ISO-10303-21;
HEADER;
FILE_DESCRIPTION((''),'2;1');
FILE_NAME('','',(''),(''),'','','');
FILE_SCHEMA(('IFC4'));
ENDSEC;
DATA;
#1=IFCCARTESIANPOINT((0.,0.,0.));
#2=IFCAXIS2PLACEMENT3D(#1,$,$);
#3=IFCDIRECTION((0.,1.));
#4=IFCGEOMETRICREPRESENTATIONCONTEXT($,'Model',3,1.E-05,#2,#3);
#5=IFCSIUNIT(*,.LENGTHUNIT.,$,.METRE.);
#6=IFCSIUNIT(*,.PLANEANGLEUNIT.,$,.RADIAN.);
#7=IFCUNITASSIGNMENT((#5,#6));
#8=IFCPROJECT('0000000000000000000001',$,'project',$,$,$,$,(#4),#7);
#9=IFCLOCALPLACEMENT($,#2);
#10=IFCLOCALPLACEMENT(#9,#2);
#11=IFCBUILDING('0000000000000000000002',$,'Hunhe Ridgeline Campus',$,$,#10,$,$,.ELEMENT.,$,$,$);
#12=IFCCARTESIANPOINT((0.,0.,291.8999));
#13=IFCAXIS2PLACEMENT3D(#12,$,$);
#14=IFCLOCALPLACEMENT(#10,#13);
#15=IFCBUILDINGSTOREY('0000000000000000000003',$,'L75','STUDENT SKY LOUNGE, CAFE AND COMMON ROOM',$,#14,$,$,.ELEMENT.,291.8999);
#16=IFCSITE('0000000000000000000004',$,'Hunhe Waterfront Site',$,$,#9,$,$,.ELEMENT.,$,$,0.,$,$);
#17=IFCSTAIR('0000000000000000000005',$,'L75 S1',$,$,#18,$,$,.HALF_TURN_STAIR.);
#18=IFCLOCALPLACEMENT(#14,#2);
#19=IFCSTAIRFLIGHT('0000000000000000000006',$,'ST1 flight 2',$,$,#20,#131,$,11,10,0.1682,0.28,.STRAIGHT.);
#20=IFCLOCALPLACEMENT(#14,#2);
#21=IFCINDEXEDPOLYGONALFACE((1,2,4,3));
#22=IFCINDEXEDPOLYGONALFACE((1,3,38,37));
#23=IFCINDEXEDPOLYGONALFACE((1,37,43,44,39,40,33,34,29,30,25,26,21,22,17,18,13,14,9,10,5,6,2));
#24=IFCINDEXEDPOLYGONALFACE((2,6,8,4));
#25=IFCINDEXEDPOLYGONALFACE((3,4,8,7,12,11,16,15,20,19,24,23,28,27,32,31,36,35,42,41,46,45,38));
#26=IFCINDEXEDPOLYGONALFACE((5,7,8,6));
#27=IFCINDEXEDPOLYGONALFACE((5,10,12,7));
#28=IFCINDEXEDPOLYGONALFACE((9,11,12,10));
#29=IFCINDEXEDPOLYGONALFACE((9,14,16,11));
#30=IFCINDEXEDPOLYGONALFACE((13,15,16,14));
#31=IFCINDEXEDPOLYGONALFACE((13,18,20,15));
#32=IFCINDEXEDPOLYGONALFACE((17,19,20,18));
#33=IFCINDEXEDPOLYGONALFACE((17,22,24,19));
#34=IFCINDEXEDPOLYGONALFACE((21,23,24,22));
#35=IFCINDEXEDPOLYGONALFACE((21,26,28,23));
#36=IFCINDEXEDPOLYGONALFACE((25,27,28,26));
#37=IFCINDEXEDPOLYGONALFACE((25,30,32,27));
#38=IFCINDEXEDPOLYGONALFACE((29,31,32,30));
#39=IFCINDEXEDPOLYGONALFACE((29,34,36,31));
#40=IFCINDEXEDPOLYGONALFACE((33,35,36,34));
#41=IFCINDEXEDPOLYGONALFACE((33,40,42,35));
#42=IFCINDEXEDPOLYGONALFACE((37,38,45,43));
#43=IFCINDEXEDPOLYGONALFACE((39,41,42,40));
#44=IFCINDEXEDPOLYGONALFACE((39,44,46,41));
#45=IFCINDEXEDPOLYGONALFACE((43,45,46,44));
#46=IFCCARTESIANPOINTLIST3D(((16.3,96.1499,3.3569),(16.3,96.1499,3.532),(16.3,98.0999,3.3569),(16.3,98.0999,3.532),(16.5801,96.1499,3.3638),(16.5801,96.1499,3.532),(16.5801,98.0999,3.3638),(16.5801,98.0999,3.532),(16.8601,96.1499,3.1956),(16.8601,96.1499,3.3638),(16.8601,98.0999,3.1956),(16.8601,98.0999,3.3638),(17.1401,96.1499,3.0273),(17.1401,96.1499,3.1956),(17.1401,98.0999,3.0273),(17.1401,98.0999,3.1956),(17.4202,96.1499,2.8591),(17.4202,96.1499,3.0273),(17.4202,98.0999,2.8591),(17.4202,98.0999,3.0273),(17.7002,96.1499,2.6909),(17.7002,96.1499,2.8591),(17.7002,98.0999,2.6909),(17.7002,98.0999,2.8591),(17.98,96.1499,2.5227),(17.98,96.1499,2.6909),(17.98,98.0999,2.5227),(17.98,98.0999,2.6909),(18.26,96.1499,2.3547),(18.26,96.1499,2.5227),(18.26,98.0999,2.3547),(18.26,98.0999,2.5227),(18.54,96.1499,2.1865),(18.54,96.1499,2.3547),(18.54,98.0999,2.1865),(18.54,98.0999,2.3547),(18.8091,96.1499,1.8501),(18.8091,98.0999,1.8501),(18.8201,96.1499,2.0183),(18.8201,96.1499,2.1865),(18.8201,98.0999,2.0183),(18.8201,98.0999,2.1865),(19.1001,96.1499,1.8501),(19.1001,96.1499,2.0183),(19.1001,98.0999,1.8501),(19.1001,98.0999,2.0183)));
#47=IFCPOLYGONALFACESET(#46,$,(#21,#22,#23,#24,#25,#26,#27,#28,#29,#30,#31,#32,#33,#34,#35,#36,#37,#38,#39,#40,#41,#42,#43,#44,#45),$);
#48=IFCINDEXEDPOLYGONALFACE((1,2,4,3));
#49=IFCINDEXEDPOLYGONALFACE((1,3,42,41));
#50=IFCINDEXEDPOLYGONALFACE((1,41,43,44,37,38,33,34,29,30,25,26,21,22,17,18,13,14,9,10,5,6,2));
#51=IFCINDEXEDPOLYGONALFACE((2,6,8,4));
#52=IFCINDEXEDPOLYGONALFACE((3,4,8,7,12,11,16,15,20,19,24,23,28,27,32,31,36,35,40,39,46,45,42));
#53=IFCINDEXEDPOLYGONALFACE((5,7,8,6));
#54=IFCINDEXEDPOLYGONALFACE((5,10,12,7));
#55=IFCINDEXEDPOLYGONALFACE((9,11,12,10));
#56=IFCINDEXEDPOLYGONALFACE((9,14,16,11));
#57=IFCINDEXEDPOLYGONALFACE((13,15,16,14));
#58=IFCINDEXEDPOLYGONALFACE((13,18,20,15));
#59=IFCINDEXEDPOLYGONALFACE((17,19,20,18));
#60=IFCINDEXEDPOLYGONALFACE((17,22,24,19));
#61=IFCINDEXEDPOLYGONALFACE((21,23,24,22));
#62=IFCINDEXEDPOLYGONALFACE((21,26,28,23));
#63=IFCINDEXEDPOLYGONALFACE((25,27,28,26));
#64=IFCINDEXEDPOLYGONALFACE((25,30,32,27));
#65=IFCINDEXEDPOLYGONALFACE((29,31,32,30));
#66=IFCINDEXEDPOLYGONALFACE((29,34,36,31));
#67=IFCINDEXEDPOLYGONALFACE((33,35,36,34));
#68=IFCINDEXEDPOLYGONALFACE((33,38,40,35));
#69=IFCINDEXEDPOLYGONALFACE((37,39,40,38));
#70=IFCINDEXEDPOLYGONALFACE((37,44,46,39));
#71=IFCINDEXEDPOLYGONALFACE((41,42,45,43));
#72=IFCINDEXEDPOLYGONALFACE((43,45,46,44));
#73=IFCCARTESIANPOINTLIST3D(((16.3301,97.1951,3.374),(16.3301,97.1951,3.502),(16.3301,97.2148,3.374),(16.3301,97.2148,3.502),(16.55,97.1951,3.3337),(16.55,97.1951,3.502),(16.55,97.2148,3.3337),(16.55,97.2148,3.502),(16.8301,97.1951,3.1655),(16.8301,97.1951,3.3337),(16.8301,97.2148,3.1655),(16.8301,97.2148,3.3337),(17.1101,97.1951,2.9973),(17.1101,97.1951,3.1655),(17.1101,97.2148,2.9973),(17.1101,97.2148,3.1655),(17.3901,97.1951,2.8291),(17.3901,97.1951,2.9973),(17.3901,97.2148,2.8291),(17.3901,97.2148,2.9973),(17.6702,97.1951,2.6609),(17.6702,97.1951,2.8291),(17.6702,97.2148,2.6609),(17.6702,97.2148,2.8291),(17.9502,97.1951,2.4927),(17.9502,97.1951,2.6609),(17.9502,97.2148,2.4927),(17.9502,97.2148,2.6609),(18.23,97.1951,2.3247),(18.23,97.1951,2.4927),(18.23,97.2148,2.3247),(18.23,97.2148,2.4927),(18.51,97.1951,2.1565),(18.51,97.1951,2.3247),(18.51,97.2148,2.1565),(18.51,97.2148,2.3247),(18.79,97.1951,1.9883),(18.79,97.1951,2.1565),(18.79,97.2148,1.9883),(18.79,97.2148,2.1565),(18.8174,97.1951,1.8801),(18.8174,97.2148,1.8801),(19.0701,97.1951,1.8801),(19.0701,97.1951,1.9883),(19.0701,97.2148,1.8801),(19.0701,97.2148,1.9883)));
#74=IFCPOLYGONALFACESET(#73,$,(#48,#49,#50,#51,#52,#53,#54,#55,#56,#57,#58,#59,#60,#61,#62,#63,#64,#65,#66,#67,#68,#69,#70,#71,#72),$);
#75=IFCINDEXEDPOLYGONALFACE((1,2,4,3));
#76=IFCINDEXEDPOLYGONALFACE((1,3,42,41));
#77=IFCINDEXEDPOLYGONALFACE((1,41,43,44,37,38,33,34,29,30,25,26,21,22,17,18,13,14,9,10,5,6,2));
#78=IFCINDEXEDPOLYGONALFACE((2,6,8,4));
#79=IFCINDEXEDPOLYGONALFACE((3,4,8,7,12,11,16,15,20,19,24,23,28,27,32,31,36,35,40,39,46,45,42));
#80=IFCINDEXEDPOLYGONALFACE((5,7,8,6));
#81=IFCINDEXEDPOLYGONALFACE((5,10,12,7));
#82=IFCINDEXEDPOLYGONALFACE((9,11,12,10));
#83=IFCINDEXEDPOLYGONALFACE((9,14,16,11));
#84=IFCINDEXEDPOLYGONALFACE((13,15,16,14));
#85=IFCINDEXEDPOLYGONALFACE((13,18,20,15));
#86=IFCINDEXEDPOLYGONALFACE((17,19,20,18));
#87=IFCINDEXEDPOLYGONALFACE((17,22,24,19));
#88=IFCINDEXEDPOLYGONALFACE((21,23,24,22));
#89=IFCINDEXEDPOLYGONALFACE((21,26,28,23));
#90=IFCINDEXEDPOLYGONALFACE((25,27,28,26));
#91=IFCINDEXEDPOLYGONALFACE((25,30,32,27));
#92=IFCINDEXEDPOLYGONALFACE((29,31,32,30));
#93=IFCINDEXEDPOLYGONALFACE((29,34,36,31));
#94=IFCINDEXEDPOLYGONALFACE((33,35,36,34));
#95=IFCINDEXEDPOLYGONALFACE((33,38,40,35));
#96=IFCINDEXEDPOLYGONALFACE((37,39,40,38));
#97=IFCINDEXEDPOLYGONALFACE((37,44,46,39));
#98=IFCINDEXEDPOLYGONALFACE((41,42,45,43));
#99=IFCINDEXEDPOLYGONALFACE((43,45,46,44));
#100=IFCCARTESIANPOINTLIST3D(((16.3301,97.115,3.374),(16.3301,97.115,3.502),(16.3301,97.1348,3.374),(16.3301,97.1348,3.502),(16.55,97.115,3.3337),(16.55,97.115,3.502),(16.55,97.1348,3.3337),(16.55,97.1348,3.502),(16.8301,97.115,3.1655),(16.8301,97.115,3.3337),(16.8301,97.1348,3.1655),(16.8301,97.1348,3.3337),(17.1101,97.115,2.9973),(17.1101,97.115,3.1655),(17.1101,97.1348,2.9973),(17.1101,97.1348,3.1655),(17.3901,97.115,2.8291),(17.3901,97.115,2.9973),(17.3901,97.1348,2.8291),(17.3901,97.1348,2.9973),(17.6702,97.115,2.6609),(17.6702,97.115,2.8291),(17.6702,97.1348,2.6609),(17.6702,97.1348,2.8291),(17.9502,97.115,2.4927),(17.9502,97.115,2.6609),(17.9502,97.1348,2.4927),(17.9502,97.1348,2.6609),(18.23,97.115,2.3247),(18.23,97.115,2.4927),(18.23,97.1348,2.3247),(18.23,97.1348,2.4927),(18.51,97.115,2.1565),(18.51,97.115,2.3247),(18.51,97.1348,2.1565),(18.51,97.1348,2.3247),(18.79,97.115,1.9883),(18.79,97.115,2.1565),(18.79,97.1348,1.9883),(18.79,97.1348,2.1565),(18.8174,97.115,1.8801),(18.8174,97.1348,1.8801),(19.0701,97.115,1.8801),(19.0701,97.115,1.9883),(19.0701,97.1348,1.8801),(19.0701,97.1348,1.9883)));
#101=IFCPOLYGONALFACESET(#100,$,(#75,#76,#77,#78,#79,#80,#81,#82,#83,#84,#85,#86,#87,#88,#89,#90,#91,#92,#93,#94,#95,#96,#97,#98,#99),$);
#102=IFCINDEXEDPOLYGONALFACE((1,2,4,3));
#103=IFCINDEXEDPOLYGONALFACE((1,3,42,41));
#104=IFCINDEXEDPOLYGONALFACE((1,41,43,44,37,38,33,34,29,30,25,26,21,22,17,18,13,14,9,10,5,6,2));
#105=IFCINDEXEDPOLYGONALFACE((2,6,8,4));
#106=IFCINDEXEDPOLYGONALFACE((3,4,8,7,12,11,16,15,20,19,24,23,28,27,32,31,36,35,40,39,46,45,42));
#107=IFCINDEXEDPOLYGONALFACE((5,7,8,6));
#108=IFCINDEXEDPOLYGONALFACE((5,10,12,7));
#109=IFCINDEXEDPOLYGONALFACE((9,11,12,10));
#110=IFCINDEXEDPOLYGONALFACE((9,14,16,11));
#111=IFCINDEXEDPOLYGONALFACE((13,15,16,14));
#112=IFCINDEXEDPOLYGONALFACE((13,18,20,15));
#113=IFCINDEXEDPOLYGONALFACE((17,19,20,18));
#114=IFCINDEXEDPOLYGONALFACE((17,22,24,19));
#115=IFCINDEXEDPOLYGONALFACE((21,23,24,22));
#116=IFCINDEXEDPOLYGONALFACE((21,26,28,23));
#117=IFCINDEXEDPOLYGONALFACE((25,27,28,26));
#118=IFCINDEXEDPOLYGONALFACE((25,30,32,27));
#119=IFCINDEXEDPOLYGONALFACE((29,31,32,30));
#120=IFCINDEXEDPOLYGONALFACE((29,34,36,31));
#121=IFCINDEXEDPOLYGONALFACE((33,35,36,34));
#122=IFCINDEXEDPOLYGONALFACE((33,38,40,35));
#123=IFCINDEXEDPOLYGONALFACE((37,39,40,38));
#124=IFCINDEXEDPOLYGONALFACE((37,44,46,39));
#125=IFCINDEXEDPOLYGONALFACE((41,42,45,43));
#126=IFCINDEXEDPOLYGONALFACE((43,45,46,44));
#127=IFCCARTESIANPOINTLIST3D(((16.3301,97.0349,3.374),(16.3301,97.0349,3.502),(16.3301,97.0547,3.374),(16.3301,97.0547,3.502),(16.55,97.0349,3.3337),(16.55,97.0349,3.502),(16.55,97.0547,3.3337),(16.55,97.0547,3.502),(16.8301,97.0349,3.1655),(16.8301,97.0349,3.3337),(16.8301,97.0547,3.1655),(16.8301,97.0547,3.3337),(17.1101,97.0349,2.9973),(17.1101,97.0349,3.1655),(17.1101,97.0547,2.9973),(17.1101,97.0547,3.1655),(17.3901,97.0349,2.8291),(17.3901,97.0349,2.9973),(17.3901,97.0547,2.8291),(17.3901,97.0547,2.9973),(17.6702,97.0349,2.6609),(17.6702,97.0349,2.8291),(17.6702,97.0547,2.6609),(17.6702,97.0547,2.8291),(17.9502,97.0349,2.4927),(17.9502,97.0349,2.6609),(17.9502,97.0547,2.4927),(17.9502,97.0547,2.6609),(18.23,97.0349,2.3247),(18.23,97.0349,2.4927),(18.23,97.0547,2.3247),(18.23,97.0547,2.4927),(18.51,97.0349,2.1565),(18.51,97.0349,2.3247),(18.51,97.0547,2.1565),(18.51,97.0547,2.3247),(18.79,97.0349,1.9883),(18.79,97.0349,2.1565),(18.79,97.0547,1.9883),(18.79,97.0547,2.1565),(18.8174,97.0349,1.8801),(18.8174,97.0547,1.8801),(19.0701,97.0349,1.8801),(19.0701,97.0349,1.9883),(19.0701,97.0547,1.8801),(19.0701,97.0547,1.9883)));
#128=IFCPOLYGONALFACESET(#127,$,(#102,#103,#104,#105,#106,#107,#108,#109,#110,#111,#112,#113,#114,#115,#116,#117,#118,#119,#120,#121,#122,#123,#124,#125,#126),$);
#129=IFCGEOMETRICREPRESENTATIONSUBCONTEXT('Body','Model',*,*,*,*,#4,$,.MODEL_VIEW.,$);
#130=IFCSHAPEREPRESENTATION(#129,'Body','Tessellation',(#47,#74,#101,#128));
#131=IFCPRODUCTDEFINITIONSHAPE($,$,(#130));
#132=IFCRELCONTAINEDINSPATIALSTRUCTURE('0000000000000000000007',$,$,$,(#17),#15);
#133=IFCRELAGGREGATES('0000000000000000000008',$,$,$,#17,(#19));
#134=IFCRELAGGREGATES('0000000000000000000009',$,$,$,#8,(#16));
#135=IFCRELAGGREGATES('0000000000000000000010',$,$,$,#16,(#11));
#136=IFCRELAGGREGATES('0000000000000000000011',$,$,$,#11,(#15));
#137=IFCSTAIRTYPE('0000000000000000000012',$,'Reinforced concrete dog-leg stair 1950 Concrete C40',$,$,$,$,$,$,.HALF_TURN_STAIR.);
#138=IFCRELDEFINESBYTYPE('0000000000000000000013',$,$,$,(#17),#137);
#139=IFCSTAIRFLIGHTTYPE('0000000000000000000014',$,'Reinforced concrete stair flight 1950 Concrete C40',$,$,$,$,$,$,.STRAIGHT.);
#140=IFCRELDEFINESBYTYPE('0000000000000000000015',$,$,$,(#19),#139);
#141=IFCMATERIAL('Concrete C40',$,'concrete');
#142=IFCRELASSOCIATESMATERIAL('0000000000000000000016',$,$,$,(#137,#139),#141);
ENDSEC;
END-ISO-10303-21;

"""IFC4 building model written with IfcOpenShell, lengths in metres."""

from ifc_helpers import new_model, si_unit, direction, frame, origin, place, context, subcontext, project, spatial, polyline, outline, extrude, material, type_object, element, aggregate, save


model = new_model("IFC4")

# Units and contexts
model_context = context("Model", 3, precision=1e-05, world=origin(), true_north=direction((0.0, 1.0)))
body_context = subcontext(model_context, "Body", "Model", "MODEL_VIEW")
ifc_project = project(units=[si_unit("LENGTHUNIT", "METRE"), si_unit("PLANEANGLEUNIT", "RADIAN")], contexts=[model_context])

# Site, building, storey
site_placement = place(None, origin())
site = spatial("IfcSite", under=ifc_project, at=site_placement, Name="Hunhe Waterfront Site", CompositionType="ELEMENT", RefElevation=0.0)
building_placement = place(site_placement, origin())
building = spatial("IfcBuilding", under=site, at=building_placement, Name="Hunhe Ridgeline Campus", CompositionType="ELEMENT")
storey_placement = place(building_placement, frame((0.0, 0.0, 291.8999)))
storey = spatial("IfcBuildingStorey", under=building, at=storey_placement, Name="L75", Description="STUDENT SKY LOUNGE, CAFE AND COMMON ROOM", CompositionType="ELEMENT", Elevation=291.8999)

# Stair, stair flight
ifc_material_1 = material(Name="Concrete C40", Category="concrete")
stair_type = type_object("IfcStairType", Name="Reinforced concrete dog-leg stair 1950 Concrete C40", PredefinedType="HALF_TURN_STAIR", material=ifc_material_1)
stair_placement = place(storey_placement, origin())
stair = element("IfcStair", 1, at=stair_placement, inside=storey, type_object=stair_type, Name="L75 S1", PredefinedType="HALF_TURN_STAIR")
stair_flight_type = type_object("IfcStairFlightType", Name="Reinforced concrete stair flight 1950 Concrete C40", PredefinedType="STRAIGHT", material=ifc_material_1)
stair_flight_1_placement = place(storey_placement, frame((19.1001, 97.125, 1.8501), z_axis=(0.0, 0.0, 1.0), x_axis=(-1.0, 0.0, 0.0)))
stair_flight_1 = element("IfcStairFlight", 2, at=stair_flight_1_placement, type_object=stair_flight_type, Name="ST1 flight 2", NumberOfRisers=11, NumberOfTreads=10, PredefinedType="STRAIGHT", RiserHeight=0.1682, TreadLength=0.28, context=body_context, shape_type="SweptSolid", body=[
    extrude(outline(polyline([(0.0, 0.0), (0.0, 0.1682), (0.28, 0.1682), (0.28, 0.3364), (0.5601, 0.3364), (0.5601, 0.5046), (0.8401, 0.5046), (0.8401, 0.6726), (1.1201, 0.6726), (1.1201, 0.8408), (1.3999, 0.8408), (1.3999, 1.009), (1.6799, 1.009), (1.6799, 1.1772), (1.96, 1.1772), (1.96, 1.3455), (2.24, 1.3455), (2.24, 1.5137), (2.52, 1.5137), (2.52, 1.6819), (2.8, 1.6819), (2.8, 1.8501), (2.8, 1.5068), (0.291, 0.0), (0.0, 0.0)])), frame((0.0, 0.9751, 0.0), z_axis=(0.0, -1.0, 0.0), x_axis=(1.0, 0.0, 0.0)), (0.0, 0.0, 1.0), 1.95),
    extrude(outline(polyline([(0.03, 0.03), (0.03, 0.1382), (0.3101, 0.1382), (0.3101, 0.3064), (0.5901, 0.3064), (0.5901, 0.4746), (0.8701, 0.4746), (0.8701, 0.6426), (1.1499, 0.6426), (1.1499, 0.8108), (1.4299, 0.8108), (1.4299, 0.979), (1.71, 0.979), (1.71, 1.1472), (1.99, 1.1472), (1.99, 1.3154), (2.27, 1.3154), (2.27, 1.4836), (2.55, 1.4836), (2.55, 1.6519), (2.77, 1.6519), (2.77, 1.5239), (0.2827, 0.03), (0.03, 0.03)])), frame((0.0, -0.0701, 0.0), z_axis=(0.0, -1.0, 0.0), x_axis=(1.0, 0.0, 0.0)), (0.0, 0.0, 1.0), 0.0198),
    extrude(outline(polyline([(0.03, 0.03), (0.03, 0.1382), (0.3101, 0.1382), (0.3101, 0.3064), (0.5901, 0.3064), (0.5901, 0.4746), (0.8701, 0.4746), (0.8701, 0.6426), (1.1499, 0.6426), (1.1499, 0.8108), (1.4299, 0.8108), (1.4299, 0.979), (1.71, 0.979), (1.71, 1.1472), (1.99, 1.1472), (1.99, 1.3154), (2.27, 1.3154), (2.27, 1.4836), (2.55, 1.4836), (2.55, 1.6519), (2.77, 1.6519), (2.77, 1.5239), (0.2827, 0.03), (0.03, 0.03)])), frame((0.0, 0.01, 0.0), z_axis=(0.0, -1.0, 0.0), x_axis=(1.0, 0.0, 0.0)), (0.0, 0.0, 1.0), 0.0198),
    extrude(outline(polyline([(0.03, 0.03), (0.03, 0.1382), (0.3101, 0.1382), (0.3101, 0.3064), (0.5901, 0.3064), (0.5901, 0.4746), (0.8701, 0.4746), (0.8701, 0.6426), (1.1499, 0.6426), (1.1499, 0.8108), (1.4299, 0.8108), (1.4299, 0.979), (1.71, 0.979), (1.71, 1.1472), (1.99, 1.1472), (1.99, 1.3154), (2.27, 1.3154), (2.27, 1.4836), (2.55, 1.4836), (2.55, 1.6519), (2.77, 1.6519), (2.77, 1.5239), (0.2827, 0.03), (0.03, 0.03)])), frame((0.0, 0.0901, 0.0), z_axis=(0.0, -1.0, 0.0), x_axis=(1.0, 0.0, 0.0)), (0.0, 0.0, 1.0), 0.0198),
])
aggregate(stair, [stair_flight_1])

save(model, "model.ifc")
